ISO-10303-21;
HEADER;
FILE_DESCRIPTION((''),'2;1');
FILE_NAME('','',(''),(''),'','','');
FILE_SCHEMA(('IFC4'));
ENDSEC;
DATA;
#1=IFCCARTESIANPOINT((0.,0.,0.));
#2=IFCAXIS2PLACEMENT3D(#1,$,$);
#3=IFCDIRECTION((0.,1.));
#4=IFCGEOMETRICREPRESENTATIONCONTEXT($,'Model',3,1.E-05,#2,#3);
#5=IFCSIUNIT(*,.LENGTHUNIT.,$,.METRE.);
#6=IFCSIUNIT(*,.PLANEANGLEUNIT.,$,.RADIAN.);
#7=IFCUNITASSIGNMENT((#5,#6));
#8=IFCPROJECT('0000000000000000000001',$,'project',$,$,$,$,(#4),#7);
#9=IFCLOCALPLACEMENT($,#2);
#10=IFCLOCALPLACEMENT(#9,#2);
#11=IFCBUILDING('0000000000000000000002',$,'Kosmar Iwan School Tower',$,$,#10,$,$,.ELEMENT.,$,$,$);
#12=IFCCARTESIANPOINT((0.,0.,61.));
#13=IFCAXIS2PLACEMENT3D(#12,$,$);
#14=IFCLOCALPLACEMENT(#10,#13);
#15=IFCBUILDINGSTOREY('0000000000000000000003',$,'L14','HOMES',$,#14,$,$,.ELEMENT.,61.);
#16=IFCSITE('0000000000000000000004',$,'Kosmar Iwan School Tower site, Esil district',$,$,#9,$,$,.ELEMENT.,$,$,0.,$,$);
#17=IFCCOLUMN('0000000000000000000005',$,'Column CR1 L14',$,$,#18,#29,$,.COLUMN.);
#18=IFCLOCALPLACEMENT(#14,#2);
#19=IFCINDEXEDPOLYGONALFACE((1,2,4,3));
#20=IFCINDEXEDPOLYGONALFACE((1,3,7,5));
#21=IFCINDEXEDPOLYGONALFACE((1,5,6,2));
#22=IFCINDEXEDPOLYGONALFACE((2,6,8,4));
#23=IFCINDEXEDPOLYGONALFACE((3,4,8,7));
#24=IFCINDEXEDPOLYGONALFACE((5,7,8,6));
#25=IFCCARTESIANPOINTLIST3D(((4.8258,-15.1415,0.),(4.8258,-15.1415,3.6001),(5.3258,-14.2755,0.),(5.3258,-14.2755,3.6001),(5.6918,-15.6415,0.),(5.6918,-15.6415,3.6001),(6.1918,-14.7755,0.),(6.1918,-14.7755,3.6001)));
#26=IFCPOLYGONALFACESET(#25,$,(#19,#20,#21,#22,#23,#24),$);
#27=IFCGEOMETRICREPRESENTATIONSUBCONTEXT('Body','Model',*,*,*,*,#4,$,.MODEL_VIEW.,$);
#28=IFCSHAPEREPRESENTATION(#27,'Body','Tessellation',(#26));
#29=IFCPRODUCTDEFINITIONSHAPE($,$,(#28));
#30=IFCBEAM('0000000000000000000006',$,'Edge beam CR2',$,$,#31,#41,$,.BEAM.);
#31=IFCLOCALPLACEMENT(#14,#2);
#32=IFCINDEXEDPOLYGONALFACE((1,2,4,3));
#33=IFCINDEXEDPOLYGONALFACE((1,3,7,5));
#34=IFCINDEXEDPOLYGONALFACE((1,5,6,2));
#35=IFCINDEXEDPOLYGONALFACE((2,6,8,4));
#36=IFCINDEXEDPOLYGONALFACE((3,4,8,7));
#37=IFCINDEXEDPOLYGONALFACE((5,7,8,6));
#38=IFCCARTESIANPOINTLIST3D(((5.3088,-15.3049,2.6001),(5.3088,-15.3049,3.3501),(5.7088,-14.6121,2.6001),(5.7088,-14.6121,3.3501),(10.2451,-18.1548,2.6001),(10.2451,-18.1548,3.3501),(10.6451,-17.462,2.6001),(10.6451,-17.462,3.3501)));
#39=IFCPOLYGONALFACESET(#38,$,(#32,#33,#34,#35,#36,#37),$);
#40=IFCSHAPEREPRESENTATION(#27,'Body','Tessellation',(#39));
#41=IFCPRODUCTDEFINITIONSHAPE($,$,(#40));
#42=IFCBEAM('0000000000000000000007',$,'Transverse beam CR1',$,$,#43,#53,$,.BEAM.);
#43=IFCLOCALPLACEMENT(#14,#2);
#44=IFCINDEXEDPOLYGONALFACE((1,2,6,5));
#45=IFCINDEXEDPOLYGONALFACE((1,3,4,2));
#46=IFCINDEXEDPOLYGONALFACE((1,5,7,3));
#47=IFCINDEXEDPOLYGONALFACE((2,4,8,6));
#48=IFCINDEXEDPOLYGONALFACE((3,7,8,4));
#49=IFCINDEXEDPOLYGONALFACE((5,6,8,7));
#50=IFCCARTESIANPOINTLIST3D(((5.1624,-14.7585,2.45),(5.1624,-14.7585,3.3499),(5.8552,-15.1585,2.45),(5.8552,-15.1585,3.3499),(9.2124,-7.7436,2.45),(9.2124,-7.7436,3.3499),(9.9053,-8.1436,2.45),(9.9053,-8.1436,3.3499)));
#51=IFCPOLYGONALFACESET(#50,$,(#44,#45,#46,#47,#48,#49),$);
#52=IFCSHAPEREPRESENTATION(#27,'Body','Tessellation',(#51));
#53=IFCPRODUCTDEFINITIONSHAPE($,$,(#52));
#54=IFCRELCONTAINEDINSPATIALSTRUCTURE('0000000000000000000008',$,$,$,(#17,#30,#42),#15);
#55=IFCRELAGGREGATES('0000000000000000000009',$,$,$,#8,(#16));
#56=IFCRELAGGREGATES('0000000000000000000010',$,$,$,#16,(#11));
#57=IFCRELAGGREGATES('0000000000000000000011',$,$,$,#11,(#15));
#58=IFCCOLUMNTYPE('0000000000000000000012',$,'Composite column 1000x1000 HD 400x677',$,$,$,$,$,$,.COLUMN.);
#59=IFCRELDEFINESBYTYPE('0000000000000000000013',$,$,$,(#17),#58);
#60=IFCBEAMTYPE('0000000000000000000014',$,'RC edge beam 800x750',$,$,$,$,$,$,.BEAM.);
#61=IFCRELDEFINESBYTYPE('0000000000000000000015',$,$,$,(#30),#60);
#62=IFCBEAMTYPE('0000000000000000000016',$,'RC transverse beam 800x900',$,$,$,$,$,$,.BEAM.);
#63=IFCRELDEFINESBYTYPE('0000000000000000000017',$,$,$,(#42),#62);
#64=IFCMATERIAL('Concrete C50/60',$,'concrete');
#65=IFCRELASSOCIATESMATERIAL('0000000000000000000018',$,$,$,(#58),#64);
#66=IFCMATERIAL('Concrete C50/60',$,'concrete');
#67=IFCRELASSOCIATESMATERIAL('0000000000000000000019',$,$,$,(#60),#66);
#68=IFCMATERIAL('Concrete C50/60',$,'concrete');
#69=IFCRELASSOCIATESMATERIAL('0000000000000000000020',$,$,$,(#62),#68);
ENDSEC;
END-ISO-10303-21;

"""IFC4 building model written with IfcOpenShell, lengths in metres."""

from ifc_helpers import new_model, si_unit, direction, frame, origin, origin_2d, place, context, subcontext, project, spatial, rectangle, extrude, material, material_profile, profile_set, type_object, element, save


model = new_model("IFC4")

# Units and contexts
model_context = context("Model", 3, precision=1e-05, world=origin(), true_north=direction((0.0, 1.0)))
body_context = subcontext(model_context, "Body", "Model", "MODEL_VIEW")
ifc_project = project(units=[si_unit("LENGTHUNIT", "METRE"), si_unit("PLANEANGLEUNIT", "RADIAN")], contexts=[model_context])

# Site, building, storey
site_placement = place(None, origin())
site = spatial("IfcSite", under=ifc_project, at=site_placement, Name="Kosmar Iwan School Tower site, Esil district", CompositionType="ELEMENT", RefElevation=0.0)
building_placement = place(site_placement, origin())
building = spatial("IfcBuilding", under=site, at=building_placement, Name="Kosmar Iwan School Tower", CompositionType="ELEMENT")
storey_placement = place(building_placement, frame((0.0, 0.0, 61.0)))
storey = spatial("IfcBuildingStorey", under=building, at=storey_placement, Name="L14", Description="HOMES", CompositionType="ELEMENT", Elevation=61.0)

# Column
ifc_material_1 = material(Name="Concrete C50/60", Category="concrete")
ifc_material_profile_1 = material_profile(ifc_material_1, rectangle(XDim=1.0, YDim=1.0, at=origin_2d()), Name="RC 1000x1000 + HD 400x677")
ifc_profile_set_1 = profile_set([ifc_material_profile_1], Name="Concrete C50/60")
column_type = type_object("IfcColumnType", Name="Composite column 1000x1000 HD 400x677", PredefinedType="COLUMN", material=ifc_profile_set_1)
column_placement = place(storey_placement, frame((5.5088, -14.9585, 0.0), z_axis=(0.0, 0.0, 1.0), x_axis=(0.866025, -0.5, 0.0)))
element("IfcColumn", 1, at=column_placement, inside=storey, type_object=column_type, Name="Column CR1 L14", PredefinedType="COLUMN", context=body_context, shape_type="SweptSolid", body=[
    extrude(rectangle(XDim=1.0, YDim=1.0, at=origin_2d()), origin(), (0.0, 0.0, 1.0), 3.6001),
])

# Beams
ifc_material_2 = material(Name="Concrete C50/60", Category="concrete")
ifc_material_profile_2 = material_profile(ifc_material_2, rectangle(XDim=0.8, YDim=0.75, at=origin_2d()), Name="RC 800x750")
ifc_profile_set_2 = profile_set([ifc_material_profile_2], Name="Concrete C50/60")
beam_type_1 = type_object("IfcBeamType", Name="RC edge beam 800x750", PredefinedType="BEAM", material=ifc_profile_set_2)
beam_1_placement = place(storey_placement, frame((5.5088, -14.9585, 2.9751), z_axis=(0.866034, -0.499986, 0.0), x_axis=(0.499986, 0.866034, 0.0)))
element("IfcBeam", 2, at=beam_1_placement, inside=storey, type_object=beam_type_1, Name="Edge beam CR2", PredefinedType="BEAM", context=body_context, shape_type="SweptSolid", body=[
    extrude(rectangle(XDim=0.8, YDim=0.75, at=origin_2d()), origin(), (0.0, 0.0, 1.0), 5.7),
])
ifc_material_3 = material(Name="Concrete C50/60", Category="concrete")
ifc_material_profile_3 = material_profile(ifc_material_3, rectangle(XDim=0.8, YDim=0.8999, at=origin_2d()), Name="RC 800x900")
ifc_profile_set_3 = profile_set([ifc_material_profile_3], Name="Concrete C50/60")
beam_type_2 = type_object("IfcBeamType", Name="RC transverse beam 800x900", PredefinedType="BEAM", material=ifc_profile_set_3)
beam_2_placement = place(storey_placement, frame((5.5088, -14.9585, 2.8999), z_axis=(0.5, 0.866025, 0.0), x_axis=(-0.866025, 0.5, 0.0)))
element("IfcBeam", 3, at=beam_2_placement, inside=storey, type_object=beam_type_2, Name="Transverse beam CR1", PredefinedType="BEAM", context=body_context, shape_type="SweptSolid", body=[
    extrude(rectangle(XDim=0.8, YDim=0.8999, at=origin_2d()), origin(), (0.0, 0.0, 1.0), 8.1001),
])

save(model, "model.ifc")
